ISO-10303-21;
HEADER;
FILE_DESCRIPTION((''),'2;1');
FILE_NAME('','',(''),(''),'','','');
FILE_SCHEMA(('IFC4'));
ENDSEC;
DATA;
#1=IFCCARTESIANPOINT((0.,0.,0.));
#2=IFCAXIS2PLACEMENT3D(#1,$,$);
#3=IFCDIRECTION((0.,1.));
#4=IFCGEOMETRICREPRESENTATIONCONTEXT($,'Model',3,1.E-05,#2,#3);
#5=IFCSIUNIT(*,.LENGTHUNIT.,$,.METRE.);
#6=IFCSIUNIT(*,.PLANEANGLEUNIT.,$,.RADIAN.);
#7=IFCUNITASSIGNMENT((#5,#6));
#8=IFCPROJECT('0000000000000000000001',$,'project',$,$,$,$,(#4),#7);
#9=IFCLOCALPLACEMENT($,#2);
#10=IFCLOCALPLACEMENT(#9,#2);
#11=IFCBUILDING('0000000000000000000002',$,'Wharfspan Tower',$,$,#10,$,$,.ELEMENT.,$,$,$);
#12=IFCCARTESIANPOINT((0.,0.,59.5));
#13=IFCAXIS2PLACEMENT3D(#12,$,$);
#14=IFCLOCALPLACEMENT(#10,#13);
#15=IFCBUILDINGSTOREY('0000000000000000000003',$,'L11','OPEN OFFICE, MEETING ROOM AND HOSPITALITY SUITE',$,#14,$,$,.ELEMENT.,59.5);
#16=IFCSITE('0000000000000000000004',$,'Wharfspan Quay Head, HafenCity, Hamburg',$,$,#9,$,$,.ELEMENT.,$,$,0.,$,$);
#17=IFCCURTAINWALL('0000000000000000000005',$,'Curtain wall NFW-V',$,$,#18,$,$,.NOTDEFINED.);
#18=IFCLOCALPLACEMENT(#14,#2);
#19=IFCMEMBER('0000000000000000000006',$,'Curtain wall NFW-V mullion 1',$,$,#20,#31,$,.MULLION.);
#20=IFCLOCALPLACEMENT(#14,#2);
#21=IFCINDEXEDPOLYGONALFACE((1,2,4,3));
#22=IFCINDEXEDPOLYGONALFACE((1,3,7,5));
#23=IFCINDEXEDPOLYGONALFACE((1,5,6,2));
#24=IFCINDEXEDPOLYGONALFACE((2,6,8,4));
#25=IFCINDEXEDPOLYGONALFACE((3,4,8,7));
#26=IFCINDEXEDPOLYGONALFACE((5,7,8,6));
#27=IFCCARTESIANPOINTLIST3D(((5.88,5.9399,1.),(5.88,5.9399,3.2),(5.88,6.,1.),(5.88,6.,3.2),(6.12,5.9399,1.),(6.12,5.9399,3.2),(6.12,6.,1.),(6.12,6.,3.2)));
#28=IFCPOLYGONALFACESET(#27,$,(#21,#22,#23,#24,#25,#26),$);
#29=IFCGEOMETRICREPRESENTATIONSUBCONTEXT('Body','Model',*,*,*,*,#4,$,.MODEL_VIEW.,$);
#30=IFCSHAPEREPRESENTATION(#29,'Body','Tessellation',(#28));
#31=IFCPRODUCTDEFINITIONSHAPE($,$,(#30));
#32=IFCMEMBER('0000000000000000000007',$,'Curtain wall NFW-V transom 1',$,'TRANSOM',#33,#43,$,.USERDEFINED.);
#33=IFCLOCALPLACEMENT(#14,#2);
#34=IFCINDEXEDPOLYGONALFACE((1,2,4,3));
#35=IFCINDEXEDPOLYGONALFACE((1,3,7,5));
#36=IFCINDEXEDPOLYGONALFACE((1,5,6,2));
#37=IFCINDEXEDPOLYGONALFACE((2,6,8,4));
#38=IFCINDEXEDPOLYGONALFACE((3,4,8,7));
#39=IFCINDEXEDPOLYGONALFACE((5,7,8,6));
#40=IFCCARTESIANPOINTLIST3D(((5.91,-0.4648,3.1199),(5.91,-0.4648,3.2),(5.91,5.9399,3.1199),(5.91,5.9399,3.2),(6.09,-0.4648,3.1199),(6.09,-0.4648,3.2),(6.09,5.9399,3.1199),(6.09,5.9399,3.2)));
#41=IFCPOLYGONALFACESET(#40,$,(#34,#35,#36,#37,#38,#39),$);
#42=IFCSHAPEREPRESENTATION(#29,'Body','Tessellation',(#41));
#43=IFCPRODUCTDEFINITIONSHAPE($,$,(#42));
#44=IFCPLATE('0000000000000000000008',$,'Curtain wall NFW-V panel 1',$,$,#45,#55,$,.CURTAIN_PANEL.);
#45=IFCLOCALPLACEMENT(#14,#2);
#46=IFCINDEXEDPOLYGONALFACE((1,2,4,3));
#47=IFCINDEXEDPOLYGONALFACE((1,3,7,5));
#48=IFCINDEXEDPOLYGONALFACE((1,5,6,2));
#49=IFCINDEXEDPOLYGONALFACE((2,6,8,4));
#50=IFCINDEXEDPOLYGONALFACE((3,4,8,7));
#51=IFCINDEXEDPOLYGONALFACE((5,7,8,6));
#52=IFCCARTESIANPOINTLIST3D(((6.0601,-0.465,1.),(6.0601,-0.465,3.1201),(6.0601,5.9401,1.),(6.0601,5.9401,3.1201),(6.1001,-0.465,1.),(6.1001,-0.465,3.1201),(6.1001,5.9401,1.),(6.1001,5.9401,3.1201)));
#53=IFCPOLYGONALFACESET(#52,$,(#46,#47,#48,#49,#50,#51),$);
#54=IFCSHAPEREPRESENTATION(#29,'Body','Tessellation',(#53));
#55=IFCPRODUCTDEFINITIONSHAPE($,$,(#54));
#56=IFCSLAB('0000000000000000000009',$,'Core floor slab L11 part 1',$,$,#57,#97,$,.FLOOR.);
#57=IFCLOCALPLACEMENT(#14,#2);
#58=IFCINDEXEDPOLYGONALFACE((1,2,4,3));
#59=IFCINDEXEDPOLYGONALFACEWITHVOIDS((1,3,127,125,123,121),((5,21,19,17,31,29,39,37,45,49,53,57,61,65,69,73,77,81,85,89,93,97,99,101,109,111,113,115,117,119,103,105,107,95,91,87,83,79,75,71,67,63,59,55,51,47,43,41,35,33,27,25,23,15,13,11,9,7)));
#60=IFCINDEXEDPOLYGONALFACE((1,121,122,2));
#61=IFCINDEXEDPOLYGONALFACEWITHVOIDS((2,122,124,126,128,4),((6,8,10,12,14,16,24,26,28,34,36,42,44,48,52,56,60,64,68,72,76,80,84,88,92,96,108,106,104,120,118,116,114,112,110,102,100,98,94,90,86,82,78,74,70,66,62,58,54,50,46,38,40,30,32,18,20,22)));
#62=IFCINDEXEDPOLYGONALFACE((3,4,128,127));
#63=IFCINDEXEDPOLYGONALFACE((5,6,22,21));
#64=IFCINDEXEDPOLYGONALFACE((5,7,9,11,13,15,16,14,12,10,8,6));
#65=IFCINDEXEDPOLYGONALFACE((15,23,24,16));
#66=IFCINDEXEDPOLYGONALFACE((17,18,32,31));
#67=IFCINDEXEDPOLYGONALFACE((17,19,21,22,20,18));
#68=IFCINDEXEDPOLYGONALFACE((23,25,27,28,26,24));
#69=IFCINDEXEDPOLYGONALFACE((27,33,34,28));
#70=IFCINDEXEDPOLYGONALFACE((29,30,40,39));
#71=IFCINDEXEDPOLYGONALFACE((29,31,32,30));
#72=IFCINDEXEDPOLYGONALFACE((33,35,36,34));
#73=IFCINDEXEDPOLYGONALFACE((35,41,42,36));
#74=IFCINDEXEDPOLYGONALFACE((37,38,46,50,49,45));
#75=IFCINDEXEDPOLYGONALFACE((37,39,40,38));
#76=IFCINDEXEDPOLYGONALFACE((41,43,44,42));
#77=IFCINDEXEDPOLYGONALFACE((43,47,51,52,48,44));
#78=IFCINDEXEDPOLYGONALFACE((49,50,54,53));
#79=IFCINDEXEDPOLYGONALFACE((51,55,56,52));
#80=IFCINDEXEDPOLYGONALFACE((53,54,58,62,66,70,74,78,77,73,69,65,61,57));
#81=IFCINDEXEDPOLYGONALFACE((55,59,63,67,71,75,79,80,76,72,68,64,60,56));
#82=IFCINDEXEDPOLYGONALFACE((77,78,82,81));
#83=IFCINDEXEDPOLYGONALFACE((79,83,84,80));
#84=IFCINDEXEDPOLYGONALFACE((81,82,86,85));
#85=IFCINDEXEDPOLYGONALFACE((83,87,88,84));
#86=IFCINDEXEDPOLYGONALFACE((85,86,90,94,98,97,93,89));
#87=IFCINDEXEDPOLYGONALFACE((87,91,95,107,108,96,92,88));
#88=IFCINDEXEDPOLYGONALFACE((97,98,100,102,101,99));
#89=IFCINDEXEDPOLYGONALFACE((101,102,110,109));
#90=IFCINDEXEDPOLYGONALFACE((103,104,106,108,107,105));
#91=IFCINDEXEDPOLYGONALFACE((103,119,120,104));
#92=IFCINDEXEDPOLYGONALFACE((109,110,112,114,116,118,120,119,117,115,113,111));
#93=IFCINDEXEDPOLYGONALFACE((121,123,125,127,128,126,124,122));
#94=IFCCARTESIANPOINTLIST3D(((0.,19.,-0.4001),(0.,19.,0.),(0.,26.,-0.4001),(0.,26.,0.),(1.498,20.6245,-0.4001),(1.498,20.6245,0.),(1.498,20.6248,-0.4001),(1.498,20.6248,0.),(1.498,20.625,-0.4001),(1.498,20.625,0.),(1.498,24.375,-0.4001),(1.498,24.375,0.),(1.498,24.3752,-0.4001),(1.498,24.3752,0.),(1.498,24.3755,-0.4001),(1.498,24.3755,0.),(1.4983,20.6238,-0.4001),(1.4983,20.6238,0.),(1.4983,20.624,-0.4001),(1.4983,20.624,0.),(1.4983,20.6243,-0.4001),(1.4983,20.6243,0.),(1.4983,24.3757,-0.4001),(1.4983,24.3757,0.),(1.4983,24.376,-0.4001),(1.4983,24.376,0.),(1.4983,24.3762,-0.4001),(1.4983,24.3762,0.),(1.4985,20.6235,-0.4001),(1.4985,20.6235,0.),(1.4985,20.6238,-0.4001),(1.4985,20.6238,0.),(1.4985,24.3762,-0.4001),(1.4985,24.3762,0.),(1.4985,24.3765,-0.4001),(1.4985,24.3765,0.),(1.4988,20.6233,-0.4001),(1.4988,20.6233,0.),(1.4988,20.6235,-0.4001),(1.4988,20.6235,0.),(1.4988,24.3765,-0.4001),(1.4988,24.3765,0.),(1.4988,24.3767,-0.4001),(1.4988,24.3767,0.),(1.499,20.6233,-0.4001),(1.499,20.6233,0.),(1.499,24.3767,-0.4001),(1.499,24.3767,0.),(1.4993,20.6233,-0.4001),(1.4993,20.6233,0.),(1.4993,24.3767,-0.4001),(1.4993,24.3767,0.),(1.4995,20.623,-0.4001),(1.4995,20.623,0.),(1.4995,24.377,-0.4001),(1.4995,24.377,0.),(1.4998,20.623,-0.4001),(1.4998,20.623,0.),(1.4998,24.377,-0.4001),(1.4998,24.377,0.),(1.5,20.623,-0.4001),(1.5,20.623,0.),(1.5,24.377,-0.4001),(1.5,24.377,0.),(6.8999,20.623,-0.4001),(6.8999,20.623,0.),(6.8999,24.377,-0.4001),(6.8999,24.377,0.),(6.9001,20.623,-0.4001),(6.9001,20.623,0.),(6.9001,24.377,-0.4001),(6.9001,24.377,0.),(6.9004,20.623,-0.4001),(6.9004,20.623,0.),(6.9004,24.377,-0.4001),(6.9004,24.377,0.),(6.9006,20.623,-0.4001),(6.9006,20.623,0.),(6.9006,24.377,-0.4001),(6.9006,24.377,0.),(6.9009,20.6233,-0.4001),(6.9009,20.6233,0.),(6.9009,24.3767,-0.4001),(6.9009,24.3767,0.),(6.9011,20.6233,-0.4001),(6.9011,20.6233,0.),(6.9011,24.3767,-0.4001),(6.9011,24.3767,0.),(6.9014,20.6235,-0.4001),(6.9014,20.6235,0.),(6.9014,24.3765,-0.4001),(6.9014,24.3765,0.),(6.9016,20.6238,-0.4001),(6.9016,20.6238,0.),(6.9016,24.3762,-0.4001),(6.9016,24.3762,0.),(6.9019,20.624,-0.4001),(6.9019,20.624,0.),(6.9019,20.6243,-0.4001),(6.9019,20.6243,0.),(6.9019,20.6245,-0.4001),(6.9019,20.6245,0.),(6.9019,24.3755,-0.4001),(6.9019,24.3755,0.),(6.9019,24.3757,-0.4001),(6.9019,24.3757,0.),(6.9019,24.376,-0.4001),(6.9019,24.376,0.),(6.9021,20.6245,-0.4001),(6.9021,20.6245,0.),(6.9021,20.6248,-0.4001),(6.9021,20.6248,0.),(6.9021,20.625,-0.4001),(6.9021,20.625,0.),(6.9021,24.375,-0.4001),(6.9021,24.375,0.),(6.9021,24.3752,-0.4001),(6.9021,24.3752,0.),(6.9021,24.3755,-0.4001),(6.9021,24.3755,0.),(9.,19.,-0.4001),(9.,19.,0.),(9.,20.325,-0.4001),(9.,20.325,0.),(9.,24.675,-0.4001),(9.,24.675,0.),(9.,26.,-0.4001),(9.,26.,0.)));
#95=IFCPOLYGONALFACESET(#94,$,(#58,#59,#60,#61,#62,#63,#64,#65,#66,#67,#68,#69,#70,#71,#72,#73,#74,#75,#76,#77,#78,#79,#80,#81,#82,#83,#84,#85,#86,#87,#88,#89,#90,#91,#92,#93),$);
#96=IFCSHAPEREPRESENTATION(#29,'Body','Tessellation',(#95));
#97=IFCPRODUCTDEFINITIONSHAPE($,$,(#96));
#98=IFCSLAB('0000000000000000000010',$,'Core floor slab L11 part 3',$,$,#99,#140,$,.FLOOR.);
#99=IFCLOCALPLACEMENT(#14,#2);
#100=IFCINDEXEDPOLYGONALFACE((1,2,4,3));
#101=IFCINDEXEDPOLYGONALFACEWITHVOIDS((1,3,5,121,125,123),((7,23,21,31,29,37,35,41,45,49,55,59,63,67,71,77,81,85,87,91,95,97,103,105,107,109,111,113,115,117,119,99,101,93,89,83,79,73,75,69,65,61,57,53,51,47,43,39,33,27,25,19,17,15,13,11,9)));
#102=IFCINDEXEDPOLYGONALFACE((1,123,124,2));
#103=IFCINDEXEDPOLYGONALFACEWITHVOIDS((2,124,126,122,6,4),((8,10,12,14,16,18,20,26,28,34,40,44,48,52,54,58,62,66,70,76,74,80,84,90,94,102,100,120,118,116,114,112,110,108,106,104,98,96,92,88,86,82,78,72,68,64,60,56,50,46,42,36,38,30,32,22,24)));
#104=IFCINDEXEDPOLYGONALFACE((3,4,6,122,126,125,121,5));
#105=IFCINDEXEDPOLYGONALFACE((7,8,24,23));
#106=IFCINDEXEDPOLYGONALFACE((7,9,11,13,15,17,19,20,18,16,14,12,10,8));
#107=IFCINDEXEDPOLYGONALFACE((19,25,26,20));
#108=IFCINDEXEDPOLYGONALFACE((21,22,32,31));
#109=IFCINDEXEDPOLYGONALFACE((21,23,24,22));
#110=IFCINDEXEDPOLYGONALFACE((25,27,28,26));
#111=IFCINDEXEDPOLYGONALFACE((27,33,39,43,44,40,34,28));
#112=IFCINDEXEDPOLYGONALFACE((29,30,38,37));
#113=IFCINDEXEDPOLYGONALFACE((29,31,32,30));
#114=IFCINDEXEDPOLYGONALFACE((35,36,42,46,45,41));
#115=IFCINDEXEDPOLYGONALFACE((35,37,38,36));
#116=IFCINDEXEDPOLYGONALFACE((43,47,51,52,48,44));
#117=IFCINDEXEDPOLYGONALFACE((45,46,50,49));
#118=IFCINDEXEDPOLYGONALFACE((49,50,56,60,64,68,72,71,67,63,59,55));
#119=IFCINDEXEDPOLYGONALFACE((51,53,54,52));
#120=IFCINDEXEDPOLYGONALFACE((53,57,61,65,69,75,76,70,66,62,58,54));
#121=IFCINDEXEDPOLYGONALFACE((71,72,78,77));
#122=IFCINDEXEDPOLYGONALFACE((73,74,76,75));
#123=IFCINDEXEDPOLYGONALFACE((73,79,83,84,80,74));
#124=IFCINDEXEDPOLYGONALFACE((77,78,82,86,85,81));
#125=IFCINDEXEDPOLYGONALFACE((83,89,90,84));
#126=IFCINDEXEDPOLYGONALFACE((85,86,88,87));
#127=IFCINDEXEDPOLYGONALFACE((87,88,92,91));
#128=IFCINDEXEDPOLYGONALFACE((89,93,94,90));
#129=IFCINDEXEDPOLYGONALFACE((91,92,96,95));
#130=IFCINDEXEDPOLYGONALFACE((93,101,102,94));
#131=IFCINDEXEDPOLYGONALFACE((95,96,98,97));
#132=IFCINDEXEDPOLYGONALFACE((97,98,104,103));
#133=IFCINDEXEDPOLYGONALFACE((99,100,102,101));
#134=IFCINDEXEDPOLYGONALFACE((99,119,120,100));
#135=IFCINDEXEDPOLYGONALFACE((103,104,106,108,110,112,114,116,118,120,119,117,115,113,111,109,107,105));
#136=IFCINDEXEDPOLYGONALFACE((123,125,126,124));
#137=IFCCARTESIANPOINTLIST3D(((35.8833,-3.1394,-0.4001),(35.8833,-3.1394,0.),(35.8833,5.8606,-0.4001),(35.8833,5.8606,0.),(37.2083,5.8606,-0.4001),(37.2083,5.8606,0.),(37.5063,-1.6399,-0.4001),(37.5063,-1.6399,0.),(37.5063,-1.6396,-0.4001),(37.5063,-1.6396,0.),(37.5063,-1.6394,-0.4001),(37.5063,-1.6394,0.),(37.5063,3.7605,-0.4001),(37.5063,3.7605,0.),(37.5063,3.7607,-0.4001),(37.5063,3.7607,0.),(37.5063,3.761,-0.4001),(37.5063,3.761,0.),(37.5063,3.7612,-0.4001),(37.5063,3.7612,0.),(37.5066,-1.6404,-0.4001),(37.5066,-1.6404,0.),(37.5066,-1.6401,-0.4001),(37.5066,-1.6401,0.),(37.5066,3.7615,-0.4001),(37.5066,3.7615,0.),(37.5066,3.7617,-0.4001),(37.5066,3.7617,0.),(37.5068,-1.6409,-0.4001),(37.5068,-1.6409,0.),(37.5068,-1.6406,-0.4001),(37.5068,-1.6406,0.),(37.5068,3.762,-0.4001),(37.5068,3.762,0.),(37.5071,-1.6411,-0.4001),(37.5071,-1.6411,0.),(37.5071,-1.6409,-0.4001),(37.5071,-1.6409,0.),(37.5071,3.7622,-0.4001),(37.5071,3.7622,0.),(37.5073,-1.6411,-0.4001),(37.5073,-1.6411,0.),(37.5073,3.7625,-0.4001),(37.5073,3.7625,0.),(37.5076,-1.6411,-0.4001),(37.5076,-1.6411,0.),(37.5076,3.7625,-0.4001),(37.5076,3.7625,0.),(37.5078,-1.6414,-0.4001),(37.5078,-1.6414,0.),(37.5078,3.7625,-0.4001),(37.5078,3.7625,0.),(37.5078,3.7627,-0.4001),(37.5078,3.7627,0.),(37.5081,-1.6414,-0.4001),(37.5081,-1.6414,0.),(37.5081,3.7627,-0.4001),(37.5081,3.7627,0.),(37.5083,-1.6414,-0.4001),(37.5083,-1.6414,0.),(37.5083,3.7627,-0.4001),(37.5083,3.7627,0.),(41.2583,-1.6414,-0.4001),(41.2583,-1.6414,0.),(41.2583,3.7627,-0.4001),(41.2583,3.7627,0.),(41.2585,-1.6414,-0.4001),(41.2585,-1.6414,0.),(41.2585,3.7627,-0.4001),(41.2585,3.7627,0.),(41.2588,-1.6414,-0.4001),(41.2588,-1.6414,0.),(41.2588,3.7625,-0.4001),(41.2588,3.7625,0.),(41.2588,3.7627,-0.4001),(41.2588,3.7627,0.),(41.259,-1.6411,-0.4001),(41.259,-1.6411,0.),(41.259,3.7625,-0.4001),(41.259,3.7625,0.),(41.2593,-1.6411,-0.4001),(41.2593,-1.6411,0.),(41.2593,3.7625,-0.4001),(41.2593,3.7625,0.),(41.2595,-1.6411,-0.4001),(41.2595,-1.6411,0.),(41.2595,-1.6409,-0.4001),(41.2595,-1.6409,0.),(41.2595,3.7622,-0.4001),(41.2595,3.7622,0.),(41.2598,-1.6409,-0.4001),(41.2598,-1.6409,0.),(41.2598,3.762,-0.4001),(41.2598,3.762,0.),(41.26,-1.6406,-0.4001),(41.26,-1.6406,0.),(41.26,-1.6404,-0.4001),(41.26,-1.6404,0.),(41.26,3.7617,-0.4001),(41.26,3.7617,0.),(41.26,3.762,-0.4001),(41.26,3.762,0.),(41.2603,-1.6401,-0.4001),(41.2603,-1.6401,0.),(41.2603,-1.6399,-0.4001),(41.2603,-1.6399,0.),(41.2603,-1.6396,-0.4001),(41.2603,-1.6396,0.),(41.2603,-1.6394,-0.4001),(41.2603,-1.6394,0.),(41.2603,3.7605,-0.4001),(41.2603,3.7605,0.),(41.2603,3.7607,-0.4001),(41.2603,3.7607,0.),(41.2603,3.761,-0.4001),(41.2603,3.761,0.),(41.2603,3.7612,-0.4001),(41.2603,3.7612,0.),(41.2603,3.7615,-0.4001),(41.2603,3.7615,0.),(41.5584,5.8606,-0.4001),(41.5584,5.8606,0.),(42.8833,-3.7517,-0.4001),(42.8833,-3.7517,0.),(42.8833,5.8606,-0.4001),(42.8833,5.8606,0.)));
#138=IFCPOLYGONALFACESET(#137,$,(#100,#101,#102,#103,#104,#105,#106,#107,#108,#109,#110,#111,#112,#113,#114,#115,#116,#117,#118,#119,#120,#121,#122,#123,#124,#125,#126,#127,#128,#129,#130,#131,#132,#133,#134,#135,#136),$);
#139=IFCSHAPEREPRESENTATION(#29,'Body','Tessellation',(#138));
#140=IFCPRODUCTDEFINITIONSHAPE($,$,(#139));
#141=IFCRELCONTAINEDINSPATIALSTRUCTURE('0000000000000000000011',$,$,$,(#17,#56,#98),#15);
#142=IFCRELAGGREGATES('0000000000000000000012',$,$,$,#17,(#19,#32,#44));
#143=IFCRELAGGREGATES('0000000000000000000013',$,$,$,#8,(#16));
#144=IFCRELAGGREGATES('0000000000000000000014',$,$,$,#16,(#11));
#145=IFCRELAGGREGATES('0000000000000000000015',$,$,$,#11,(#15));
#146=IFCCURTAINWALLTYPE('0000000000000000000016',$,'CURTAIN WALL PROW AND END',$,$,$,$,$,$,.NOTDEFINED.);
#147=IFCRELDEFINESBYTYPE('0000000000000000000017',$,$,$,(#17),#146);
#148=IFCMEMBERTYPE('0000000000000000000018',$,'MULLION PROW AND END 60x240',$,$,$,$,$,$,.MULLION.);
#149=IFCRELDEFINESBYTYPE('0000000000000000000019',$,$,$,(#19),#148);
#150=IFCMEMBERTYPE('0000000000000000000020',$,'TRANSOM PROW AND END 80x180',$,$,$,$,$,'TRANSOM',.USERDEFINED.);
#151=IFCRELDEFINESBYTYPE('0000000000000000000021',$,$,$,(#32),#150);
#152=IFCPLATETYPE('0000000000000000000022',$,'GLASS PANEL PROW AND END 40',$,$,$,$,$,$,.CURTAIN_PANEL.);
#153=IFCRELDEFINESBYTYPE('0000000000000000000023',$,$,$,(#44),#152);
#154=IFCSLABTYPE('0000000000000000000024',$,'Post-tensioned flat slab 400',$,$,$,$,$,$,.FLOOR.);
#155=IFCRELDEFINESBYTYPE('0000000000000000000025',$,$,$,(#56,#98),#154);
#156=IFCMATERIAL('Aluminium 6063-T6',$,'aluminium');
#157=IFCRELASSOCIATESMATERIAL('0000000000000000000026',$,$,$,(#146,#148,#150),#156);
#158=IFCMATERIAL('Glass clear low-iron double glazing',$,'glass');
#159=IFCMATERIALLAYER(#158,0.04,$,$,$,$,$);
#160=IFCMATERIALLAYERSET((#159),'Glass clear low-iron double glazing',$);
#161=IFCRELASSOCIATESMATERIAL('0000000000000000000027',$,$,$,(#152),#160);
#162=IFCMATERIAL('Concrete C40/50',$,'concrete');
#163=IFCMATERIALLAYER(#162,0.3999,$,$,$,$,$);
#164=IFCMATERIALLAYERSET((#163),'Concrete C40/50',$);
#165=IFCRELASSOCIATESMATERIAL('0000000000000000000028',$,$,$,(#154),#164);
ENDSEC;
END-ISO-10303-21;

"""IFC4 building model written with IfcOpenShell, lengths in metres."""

from ifc_helpers import new_model, si_unit, direction, frame, origin, origin_2d, place, context, subcontext, project, spatial, polyline, rectangle, outline, extrude, material, layer, layer_set, material_profile, profile_set, type_object, element, aggregate, save


model = new_model("IFC4")

# Units and contexts
model_context = context("Model", 3, precision=1e-05, world=origin(), true_north=direction((0.0, 1.0)))
body_context = subcontext(model_context, "Body", "Model", "MODEL_VIEW")
ifc_project = project(units=[si_unit("LENGTHUNIT", "METRE"), si_unit("PLANEANGLEUNIT", "RADIAN")], contexts=[model_context])

# Site, building, storey
site_placement = place(None, origin())
site = spatial("IfcSite", under=ifc_project, at=site_placement, Name="Wharfspan Quay Head, HafenCity, Hamburg", CompositionType="ELEMENT", RefElevation=0.0)
building_placement = place(site_placement, origin())
building = spatial("IfcBuilding", under=site, at=building_placement, Name="Wharfspan Tower", CompositionType="ELEMENT")
storey_placement = place(building_placement, frame((0.0, 0.0, 59.5)))
storey = spatial("IfcBuildingStorey", under=building, at=storey_placement, Name="L11", Description="OPEN OFFICE, MEETING ROOM AND HOSPITALITY SUITE", CompositionType="ELEMENT", Elevation=59.5)

# Curtain wall, members, plate
ifc_material_1 = material(Name="Aluminium 6063-T6", Category="aluminium")
curtain_wall_type = type_object("IfcCurtainWallType", Name="CURTAIN WALL PROW AND END", PredefinedType="NOTDEFINED", material=ifc_material_1)
curtain_wall_placement = place(storey_placement, origin())
curtain_wall = element("IfcCurtainWall", 1, at=curtain_wall_placement, inside=storey, type_object=curtain_wall_type, Name="Curtain wall NFW-V", PredefinedType="NOTDEFINED")
ifc_material_profile_1 = material_profile(ifc_material_1, rectangle(XDim=0.24, YDim=0.0601, at=origin_2d()))
ifc_profile_set_1 = profile_set([ifc_material_profile_1], Name="Aluminium 6063-T6")
member_type_1 = type_object("IfcMemberType", Name="MULLION PROW AND END 60x240", PredefinedType="MULLION", material=ifc_profile_set_1)
member_1_placement = place(storey_placement, frame((6.0, 5.97, 1.0), z_axis=(0.0, 0.0, 1.0), x_axis=(1.0, 0.0, 0.0)))
member_1 = element("IfcMember", 2, at=member_1_placement, type_object=member_type_1, Name="Curtain wall NFW-V mullion 1", PredefinedType="MULLION", context=body_context, shape_type="SweptSolid", body=[
    extrude(rectangle(XDim=0.24, YDim=0.0601, at=origin_2d()), origin(), (0.0, 0.0, 1.0), 2.2),
])
ifc_material_profile_2 = material_profile(ifc_material_1, rectangle(XDim=0.1799, YDim=0.0801, at=origin_2d()))
ifc_profile_set_2 = profile_set([ifc_material_profile_2], Name="Aluminium 6063-T6")
member_type_2 = type_object("IfcMemberType", Name="TRANSOM PROW AND END 80x180", ElementType="TRANSOM", PredefinedType="USERDEFINED", material=ifc_profile_set_2)
member_2_placement = place(storey_placement, frame((6.0, 5.9399, 3.1599), z_axis=(0.0, -1.0, 0.0), x_axis=(1.0, 0.0, 0.0)))
member_2 = element("IfcMember", 3, at=member_2_placement, type_object=member_type_2, Name="Curtain wall NFW-V transom 1", ObjectType="TRANSOM", PredefinedType="USERDEFINED", context=body_context, shape_type="SweptSolid", body=[
    extrude(rectangle(XDim=0.1799, YDim=0.0801, at=origin_2d()), origin(), (0.0, 0.0, 1.0), 6.4048),
])
ifc_material_2 = material(Name="Glass clear low-iron double glazing", Category="glass")
ifc_layer_1 = layer(ifc_material_2, 0.04)
ifc_layer_set_1 = layer_set([ifc_layer_1], Name="Glass clear low-iron double glazing")
plate_type = type_object("IfcPlateType", Name="GLASS PANEL PROW AND END 40", PredefinedType="CURTAIN_PANEL", material=ifc_layer_set_1)
plate_placement = place(storey_placement, frame((6.0801, 2.7375, 1.0), z_axis=(0.0, 0.0, 1.0), x_axis=(0.0, -1.0, 0.0)))
plate = element("IfcPlate", 4, at=plate_placement, type_object=plate_type, Name="Curtain wall NFW-V panel 1", PredefinedType="CURTAIN_PANEL", context=body_context, shape_type="SweptSolid", body=[
    extrude(rectangle(XDim=6.405, YDim=0.04, at=origin_2d()), origin(), (0.0, 0.0, 1.0), 2.1201),
])
aggregate(curtain_wall, [member_1, member_2, plate])

# Slabs
ifc_material_3 = material(Name="Concrete C40/50", Category="concrete")
ifc_layer_2 = layer(ifc_material_3, 0.3999)
ifc_layer_set_2 = layer_set([ifc_layer_2], Name="Concrete C40/50")
slab_type = type_object("IfcSlabType", Name="Post-tensioned flat slab 400", PredefinedType="FLOOR", material=ifc_layer_set_2)
slab_1_placement = place(storey_placement, frame((0.0, 0.0, -0.4001)))
element("IfcSlab", 5, at=slab_1_placement, inside=storey, type_object=slab_type, Name="Core floor slab L11 part 1", PredefinedType="FLOOR", context=body_context, shape_type="SweptSolid", body=[
    extrude(outline(polyline([(9.0, 20.325), (9.0, 24.675), (9.0, 26.0), (0.0, 26.0), (0.0, 19.0), (9.0, 19.0), (9.0, 20.325)]), holes=[polyline([(6.9021, 20.625), (6.9021, 20.6248), (6.9021, 20.6245), (6.9019, 20.6245), (6.9019, 20.6243), (6.9019, 20.624), (6.9016, 20.6238), (6.9016, 20.6238), (6.9014, 20.6235), (6.9014, 20.6235), (6.9011, 20.6233), (6.9009, 20.6233), (6.9009, 20.6233), (6.9006, 20.623), (6.9004, 20.623), (6.9001, 20.623), (6.8999, 20.623), (1.5, 20.623), (1.4998, 20.623), (1.4995, 20.623), (1.4995, 20.623), (1.4993, 20.6233), (1.499, 20.6233), (1.4988, 20.6233), (1.4988, 20.6235), (1.4985, 20.6235), (1.4985, 20.6238), (1.4983, 20.6238), (1.4983, 20.624), (1.4983, 20.6243), (1.498, 20.6245), (1.498, 20.6245), (1.498, 20.6248), (1.498, 20.625), (1.498, 24.375), (1.498, 24.3752), (1.498, 24.3755), (1.498, 24.3755), (1.4983, 24.3757), (1.4983, 24.376), (1.4983, 24.3762), (1.4985, 24.3762), (1.4985, 24.3765), (1.4988, 24.3765), (1.4988, 24.3767), (1.499, 24.3767), (1.4993, 24.3767), (1.4995, 24.377), (1.4995, 24.377), (1.4998, 24.377), (1.5, 24.377), (6.8999, 24.377), (6.9001, 24.377), (6.9004, 24.377), (6.9006, 24.377), (6.9009, 24.3767), (6.9009, 24.3767), (6.9011, 24.3767), (6.9014, 24.3765), (6.9014, 24.3765), (6.9016, 24.3762), (6.9016, 24.3762), (6.9019, 24.376), (6.9019, 24.3757), (6.9019, 24.3755), (6.9021, 24.3755), (6.9021, 24.3752), (6.9021, 24.375), (6.9021, 20.625)])]), origin(), (0.0, 0.0, 1.0), 0.4001),
])
slab_2_placement = place(storey_placement, frame((0.0, 0.0, -0.4001)))
element("IfcSlab", 6, at=slab_2_placement, inside=storey, type_object=slab_type, Name="Core floor slab L11 part 3", PredefinedType="FLOOR", context=body_context, shape_type="SweptSolid", body=[
    extrude(outline(polyline([(41.5583, 5.8606), (37.2083, 5.8606), (35.8833, 5.8606), (35.8833, -3.1394), (42.8833, -3.7517), (42.8833, 5.8606), (41.5583, 5.8606)]), holes=[polyline([(37.5063, 3.7605), (37.5063, 3.7607), (37.5063, 3.761), (37.5063, 3.7612), (37.5066, 3.7615), (37.5066, 3.7617), (37.5066, 3.7617), (37.5068, 3.762), (37.5068, 3.762), (37.5071, 3.7622), (37.5071, 3.7622), (37.5073, 3.7625), (37.5076, 3.7625), (37.5078, 3.7625), (37.5078, 3.7627), (37.5081, 3.7627), (37.5083, 3.7627), (41.2583, 3.7627), (41.2585, 3.7627), (41.2588, 3.7627), (41.2588, 3.7625), (41.259, 3.7625), (41.2593, 3.7625), (41.2595, 3.7622), (41.2595, 3.7622), (41.2598, 3.762), (41.26, 3.762), (41.26, 3.7617), (41.26, 3.7617), (41.2603, 3.7615), (41.2603, 3.7612), (41.2603, 3.761), (41.2603, 3.7607), (41.2603, 3.7605), (41.2603, -1.6394), (41.2603, -1.6396), (41.2603, -1.6399), (41.2603, -1.6399), (41.2603, -1.6401), (41.26, -1.6404), (41.26, -1.6404), (41.26, -1.6406), (41.2598, -1.6409), (41.2595, -1.6409), (41.2595, -1.6411), (41.2593, -1.6411), (41.259, -1.6411), (41.2588, -1.6414), (41.2588, -1.6414), (41.2585, -1.6414), (41.2583, -1.6414), (37.5083, -1.6414), (37.5081, -1.6414), (37.5078, -1.6414), (37.5078, -1.6414), (37.5076, -1.6411), (37.5073, -1.6411), (37.5071, -1.6411), (37.5071, -1.6409), (37.5068, -1.6409), (37.5068, -1.6406), (37.5066, -1.6404), (37.5066, -1.6404), (37.5066, -1.6401), (37.5063, -1.6399), (37.5063, -1.6399), (37.5063, -1.6396), (37.5063, -1.6394), (37.5063, 3.7605)])]), origin(), (0.0, 0.0, 1.0), 0.4001),
])

save(model, "model.ifc")
